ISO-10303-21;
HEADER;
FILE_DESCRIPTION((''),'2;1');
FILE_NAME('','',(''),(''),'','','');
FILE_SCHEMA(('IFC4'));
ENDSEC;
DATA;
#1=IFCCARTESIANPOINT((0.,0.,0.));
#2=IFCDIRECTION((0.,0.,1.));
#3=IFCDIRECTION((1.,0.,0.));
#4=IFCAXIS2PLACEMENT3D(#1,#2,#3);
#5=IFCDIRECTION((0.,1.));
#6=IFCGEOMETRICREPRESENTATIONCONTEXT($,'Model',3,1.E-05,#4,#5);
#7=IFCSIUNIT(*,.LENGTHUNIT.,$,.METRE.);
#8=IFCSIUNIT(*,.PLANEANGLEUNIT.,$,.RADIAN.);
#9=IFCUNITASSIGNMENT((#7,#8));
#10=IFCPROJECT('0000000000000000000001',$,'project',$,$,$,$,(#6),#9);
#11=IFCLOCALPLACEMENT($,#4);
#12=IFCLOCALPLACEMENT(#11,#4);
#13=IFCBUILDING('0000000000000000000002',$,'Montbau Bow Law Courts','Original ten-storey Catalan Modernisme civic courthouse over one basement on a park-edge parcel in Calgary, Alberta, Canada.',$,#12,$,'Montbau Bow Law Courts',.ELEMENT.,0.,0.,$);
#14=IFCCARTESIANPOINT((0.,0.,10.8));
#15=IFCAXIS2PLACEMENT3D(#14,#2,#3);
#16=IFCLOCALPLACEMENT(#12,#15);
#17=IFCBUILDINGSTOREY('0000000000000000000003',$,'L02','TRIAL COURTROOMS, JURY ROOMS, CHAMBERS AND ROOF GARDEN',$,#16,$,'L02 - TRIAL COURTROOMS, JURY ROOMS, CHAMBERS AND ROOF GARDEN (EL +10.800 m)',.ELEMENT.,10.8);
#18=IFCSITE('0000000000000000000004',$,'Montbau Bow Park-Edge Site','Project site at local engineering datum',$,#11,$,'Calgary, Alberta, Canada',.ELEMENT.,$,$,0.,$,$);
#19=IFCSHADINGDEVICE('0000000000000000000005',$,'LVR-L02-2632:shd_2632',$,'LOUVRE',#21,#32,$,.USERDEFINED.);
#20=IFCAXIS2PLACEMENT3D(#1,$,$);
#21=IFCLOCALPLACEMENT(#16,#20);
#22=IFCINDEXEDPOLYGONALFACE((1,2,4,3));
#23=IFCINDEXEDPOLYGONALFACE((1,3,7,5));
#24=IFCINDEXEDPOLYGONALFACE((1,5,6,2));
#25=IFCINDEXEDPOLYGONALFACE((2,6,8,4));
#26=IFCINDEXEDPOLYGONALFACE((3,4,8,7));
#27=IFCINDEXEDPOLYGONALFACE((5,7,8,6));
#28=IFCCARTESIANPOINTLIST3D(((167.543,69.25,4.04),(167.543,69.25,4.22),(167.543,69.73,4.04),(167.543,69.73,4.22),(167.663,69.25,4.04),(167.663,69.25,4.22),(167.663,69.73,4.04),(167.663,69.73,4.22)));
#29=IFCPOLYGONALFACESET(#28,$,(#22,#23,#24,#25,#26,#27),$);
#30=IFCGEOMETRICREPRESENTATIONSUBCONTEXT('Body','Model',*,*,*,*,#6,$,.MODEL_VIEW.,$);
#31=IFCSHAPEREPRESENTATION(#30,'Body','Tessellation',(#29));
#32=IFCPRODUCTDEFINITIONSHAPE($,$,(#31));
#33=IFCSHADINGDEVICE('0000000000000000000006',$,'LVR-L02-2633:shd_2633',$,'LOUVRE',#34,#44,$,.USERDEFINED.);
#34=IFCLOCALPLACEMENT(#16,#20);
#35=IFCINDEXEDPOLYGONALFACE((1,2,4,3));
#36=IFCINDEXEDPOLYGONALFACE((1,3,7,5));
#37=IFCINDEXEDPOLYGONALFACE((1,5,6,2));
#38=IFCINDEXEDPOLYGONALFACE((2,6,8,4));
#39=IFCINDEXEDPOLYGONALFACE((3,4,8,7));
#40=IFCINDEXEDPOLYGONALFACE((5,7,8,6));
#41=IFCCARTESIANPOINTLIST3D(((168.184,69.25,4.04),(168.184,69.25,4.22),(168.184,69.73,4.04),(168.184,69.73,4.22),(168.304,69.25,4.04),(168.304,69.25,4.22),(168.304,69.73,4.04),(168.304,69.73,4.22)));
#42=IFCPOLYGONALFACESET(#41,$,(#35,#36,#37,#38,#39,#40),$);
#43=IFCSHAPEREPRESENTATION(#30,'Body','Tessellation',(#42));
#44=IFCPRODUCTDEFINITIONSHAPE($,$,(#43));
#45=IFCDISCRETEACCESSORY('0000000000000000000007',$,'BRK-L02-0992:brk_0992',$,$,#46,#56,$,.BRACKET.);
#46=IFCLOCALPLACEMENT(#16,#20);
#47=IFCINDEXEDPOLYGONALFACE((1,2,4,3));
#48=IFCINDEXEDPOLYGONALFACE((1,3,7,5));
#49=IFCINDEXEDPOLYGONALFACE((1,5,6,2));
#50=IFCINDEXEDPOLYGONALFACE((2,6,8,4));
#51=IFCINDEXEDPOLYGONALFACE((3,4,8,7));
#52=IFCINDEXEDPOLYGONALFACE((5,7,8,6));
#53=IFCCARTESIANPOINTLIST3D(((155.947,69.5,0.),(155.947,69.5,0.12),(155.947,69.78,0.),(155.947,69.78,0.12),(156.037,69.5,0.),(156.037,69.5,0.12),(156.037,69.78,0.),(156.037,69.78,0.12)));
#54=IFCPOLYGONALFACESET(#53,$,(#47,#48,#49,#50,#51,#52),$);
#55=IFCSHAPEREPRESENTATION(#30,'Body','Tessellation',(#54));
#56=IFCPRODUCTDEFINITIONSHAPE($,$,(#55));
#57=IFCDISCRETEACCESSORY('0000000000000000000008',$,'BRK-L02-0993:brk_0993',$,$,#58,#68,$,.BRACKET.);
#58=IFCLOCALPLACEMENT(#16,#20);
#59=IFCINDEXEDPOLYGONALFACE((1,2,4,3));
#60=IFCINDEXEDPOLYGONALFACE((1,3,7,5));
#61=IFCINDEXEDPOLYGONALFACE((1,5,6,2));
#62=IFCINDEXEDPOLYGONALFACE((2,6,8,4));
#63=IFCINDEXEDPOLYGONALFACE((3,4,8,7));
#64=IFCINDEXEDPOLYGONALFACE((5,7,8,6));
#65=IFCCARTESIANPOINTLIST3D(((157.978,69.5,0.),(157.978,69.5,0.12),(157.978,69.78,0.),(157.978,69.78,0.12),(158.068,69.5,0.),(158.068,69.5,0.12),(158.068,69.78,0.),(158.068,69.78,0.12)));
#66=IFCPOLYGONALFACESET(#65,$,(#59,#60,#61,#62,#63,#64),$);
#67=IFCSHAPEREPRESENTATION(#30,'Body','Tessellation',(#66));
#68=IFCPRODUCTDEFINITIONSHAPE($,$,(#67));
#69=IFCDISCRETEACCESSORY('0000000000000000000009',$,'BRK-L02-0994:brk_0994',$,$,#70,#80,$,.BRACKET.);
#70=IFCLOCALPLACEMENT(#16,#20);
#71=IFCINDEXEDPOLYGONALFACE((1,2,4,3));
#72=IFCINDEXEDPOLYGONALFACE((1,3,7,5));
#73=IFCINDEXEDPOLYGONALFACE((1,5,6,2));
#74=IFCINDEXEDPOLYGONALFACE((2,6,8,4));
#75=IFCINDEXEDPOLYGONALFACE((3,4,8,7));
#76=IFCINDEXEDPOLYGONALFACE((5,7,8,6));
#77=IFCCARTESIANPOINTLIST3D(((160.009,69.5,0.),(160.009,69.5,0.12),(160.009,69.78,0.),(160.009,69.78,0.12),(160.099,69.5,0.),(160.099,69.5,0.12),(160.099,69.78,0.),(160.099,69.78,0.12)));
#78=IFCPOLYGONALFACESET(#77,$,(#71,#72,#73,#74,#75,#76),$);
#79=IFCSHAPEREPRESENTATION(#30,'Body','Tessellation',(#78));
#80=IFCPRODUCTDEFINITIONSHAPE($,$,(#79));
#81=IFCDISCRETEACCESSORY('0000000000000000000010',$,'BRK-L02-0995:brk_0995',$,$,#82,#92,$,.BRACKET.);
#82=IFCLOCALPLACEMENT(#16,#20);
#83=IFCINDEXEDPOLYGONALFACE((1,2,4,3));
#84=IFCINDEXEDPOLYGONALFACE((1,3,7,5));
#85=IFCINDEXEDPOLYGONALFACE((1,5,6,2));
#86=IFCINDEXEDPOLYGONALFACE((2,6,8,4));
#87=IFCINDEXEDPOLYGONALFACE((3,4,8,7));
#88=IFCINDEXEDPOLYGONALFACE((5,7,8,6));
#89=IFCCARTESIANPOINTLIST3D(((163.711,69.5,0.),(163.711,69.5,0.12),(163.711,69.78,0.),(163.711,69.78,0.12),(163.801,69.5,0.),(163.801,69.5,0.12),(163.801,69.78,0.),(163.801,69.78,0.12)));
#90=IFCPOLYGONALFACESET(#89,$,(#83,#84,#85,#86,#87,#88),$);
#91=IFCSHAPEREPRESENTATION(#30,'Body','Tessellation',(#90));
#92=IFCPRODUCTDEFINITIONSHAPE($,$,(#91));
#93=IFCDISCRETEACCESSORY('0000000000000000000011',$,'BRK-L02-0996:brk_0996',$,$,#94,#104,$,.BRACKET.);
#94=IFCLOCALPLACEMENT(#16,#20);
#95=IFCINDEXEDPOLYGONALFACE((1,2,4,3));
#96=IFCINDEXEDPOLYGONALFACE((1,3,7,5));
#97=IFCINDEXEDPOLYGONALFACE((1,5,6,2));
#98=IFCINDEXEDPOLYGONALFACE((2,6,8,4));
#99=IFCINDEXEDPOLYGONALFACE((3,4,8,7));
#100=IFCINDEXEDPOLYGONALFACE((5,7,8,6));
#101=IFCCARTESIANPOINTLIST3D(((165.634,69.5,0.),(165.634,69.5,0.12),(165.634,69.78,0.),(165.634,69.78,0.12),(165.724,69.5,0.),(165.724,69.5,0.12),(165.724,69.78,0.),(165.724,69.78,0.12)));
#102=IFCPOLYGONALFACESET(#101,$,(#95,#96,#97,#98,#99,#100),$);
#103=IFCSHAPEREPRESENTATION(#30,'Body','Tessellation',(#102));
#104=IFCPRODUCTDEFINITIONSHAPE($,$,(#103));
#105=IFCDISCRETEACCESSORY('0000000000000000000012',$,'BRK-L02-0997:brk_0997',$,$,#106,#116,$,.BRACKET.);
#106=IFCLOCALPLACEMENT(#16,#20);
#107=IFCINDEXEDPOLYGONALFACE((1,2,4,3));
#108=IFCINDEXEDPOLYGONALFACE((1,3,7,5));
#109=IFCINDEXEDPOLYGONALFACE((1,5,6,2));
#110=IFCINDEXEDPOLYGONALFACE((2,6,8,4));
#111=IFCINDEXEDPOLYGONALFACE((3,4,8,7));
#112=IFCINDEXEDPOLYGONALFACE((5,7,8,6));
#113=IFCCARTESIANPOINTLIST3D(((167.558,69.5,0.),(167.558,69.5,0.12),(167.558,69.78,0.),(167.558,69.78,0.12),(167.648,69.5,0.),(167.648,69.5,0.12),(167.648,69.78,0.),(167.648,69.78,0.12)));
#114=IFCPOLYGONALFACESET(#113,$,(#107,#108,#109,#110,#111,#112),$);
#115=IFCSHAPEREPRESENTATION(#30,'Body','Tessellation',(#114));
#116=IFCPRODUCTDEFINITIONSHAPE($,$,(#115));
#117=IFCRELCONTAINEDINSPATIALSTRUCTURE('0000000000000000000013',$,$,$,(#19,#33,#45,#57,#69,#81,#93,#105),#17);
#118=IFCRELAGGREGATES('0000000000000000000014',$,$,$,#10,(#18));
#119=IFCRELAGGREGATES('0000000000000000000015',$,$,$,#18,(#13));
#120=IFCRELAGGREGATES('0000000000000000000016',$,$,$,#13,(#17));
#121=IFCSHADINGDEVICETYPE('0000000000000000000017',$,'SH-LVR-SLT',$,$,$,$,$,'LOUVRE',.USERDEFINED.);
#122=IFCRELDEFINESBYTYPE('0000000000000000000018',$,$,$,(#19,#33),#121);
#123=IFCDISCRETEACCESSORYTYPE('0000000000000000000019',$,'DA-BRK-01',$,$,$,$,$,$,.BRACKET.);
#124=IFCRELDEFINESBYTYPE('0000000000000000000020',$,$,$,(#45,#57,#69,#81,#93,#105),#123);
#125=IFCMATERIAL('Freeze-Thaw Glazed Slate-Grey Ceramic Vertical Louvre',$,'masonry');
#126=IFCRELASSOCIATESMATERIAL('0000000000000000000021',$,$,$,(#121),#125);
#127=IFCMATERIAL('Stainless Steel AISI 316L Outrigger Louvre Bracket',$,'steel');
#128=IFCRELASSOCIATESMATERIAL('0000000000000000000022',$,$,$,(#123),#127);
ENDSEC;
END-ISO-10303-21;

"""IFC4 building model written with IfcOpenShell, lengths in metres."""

from ifc_helpers import new_model, si_unit, direction, frame, origin_with_axes, origin_2d_with_axis, place, context, subcontext, project, spatial, rectangle, extrude, material, type_object, element, save


model = new_model("IFC4")

# Units and contexts
model_context = context("Model", 3, precision=1e-05, world=origin_with_axes(), true_north=direction((0.0, 1.0)))
body_context = subcontext(model_context, "Body", "Model", "MODEL_VIEW")
ifc_project = project(units=[si_unit("LENGTHUNIT", "METRE"), si_unit("PLANEANGLEUNIT", "RADIAN")], contexts=[model_context])

# Site, building, storey
site_placement = place(None, origin_with_axes())
site = spatial("IfcSite", under=ifc_project, at=site_placement, Name="Montbau Bow Park-Edge Site", Description="Project site at local engineering datum", LongName="Calgary, Alberta, Canada", CompositionType="ELEMENT", RefElevation=0.0)
building_placement = place(site_placement, origin_with_axes())
building = spatial("IfcBuilding", under=site, at=building_placement, Name="Montbau Bow Law Courts", Description="Original ten-storey Catalan Modernisme civic courthouse over one basement on a park-edge parcel in Calgary, Alberta, Canada.", LongName="Montbau Bow Law Courts", CompositionType="ELEMENT", ElevationOfRefHeight=0.0, ElevationOfTerrain=0.0)
storey_placement = place(building_placement, frame((0.0, 0.0, 10.8), z_axis=(0.0, 0.0, 1.0), x_axis=(1.0, 0.0, 0.0)))
storey = spatial("IfcBuildingStorey", under=building, at=storey_placement, Name="L02", Description="TRIAL COURTROOMS, JURY ROOMS, CHAMBERS AND ROOF GARDEN", LongName="L02 - TRIAL COURTROOMS, JURY ROOMS, CHAMBERS AND ROOF GARDEN (EL +10.800 m)", CompositionType="ELEMENT", Elevation=10.8)

# Shading devices
ifc_material_1 = material(Name="Freeze-Thaw Glazed Slate-Grey Ceramic Vertical Louvre", Category="masonry")
shading_device_type = type_object("IfcShadingDeviceType", Name="SH-LVR-SLT", ElementType="LOUVRE", PredefinedType="USERDEFINED", material=ifc_material_1)
for number, where, z_axis, x_axis, name in (
    (1, (167.603, 69.49, 14.84), (0.0, 0.0, 1.0), (0.0, -1.0, 0.0), "LVR-L02-2632:shd_2632"),
    (2, (168.244, 69.49, 14.84), (0.0, 0.0, 1.0), (0.0, -1.0, 0.0), "LVR-L02-2633:shd_2633"),
):
    element("IfcShadingDevice", number, at=place(None, frame(where, z_axis=z_axis, x_axis=x_axis)), inside=storey, type_object=shading_device_type, Name=name, ObjectType="LOUVRE", PredefinedType="USERDEFINED", context=body_context, shape_type="SweptSolid", body=[
        extrude(rectangle(XDim=0.48, YDim=0.12, at=origin_2d_with_axis()), origin_with_axes(), (0.0, 0.0, 1.0), 0.18),
    ])

# Discrete accessories
ifc_material_2 = material(Name="Stainless Steel AISI 316L Outrigger Louvre Bracket", Category="steel")
discrete_accessory_type = type_object("IfcDiscreteAccessoryType", Name="DA-BRK-01", PredefinedType="BRACKET", material=ifc_material_2)
for number, where, z_axis, x_axis, name in (
    (3, (155.992, 69.64, 10.8), (0.0, 0.0, 1.0), (0.0, -1.0, 0.0), "BRK-L02-0992:brk_0992"),
    (4, (158.023, 69.64, 10.8), (0.0, 0.0, 1.0), (0.0, -1.0, 0.0), "BRK-L02-0993:brk_0993"),
    (5, (160.054, 69.64, 10.8), (0.0, 0.0, 1.0), (0.0, -1.0, 0.0), "BRK-L02-0994:brk_0994"),
    (6, (163.756, 69.64, 10.8), (0.0, 0.0, 1.0), (0.0, -1.0, 0.0), "BRK-L02-0995:brk_0995"),
    (7, (165.679, 69.64, 10.8), (0.0, 0.0, 1.0), (0.0, -1.0, 0.0), "BRK-L02-0996:brk_0996"),
    (8, (167.603, 69.64, 10.8), (0.0, 0.0, 1.0), (0.0, -1.0, 0.0), "BRK-L02-0997:brk_0997"),
):
    element("IfcDiscreteAccessory", number, at=place(None, frame(where, z_axis=z_axis, x_axis=x_axis)), inside=storey, type_object=discrete_accessory_type, Name=name, PredefinedType="BRACKET", context=body_context, shape_type="SweptSolid", body=[
        extrude(rectangle(XDim=0.28, YDim=0.09, at=origin_2d_with_axis()), origin_with_axes(), (0.0, 0.0, 1.0), 0.12),
    ])

save(model, "model.ifc")
